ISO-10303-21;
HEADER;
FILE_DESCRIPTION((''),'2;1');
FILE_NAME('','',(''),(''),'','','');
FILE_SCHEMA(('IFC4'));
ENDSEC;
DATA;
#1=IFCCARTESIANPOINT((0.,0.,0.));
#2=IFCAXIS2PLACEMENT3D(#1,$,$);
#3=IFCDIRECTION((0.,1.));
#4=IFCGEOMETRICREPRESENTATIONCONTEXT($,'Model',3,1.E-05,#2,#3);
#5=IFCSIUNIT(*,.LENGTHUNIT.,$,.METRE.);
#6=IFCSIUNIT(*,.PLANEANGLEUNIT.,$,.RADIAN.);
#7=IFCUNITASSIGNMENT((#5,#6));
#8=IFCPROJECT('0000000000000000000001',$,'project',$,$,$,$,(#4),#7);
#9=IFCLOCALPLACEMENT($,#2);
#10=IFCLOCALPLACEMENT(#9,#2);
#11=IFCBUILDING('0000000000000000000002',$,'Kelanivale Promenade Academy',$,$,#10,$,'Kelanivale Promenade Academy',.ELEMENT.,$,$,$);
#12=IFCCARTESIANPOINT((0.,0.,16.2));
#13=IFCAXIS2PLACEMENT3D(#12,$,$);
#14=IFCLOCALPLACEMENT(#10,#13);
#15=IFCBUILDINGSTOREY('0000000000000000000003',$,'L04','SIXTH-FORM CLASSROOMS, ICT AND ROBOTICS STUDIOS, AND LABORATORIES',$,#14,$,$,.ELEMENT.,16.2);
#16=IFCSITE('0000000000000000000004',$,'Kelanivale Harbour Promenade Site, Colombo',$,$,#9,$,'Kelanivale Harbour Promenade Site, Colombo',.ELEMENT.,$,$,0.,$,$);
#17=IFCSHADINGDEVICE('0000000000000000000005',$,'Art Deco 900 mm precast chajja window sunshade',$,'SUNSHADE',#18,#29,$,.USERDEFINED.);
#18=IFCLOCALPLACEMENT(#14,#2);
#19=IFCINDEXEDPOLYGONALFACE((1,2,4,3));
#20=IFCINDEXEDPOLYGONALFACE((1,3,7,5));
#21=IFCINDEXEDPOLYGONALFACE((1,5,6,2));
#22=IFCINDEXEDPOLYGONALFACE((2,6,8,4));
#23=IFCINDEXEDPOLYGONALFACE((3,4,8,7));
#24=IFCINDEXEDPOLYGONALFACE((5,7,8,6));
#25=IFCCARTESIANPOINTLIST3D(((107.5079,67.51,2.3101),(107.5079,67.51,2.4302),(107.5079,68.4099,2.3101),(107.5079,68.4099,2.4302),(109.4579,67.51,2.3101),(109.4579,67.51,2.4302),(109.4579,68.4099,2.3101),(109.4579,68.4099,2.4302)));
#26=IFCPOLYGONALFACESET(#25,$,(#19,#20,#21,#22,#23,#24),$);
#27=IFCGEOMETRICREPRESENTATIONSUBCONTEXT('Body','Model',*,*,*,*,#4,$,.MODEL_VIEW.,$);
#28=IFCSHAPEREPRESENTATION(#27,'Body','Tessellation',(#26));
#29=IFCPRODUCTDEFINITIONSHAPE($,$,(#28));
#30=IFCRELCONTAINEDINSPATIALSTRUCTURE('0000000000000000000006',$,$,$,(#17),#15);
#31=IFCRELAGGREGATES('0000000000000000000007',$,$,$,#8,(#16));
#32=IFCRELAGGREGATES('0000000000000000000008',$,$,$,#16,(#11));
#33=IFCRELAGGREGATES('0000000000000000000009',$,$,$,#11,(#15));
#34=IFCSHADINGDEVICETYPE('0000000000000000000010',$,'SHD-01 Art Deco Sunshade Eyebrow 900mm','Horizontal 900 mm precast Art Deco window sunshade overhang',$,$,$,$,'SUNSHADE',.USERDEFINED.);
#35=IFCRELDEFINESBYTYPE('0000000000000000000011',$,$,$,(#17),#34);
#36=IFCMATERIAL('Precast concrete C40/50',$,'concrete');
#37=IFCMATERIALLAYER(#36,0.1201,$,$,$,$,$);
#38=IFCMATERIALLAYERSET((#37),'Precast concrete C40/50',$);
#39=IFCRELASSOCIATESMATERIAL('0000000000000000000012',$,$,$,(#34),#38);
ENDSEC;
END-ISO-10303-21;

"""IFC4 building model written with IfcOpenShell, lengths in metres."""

from ifc_helpers import new_model, si_unit, direction, frame, origin, origin_2d, place, context, subcontext, project, spatial, rectangle, extrude, material, layer, layer_set, type_object, element, save


model = new_model("IFC4")

# Units and contexts
model_context = context("Model", 3, precision=1e-05, world=origin(), true_north=direction((0.0, 1.0)))
body_context = subcontext(model_context, "Body", "Model", "MODEL_VIEW")
ifc_project = project(units=[si_unit("LENGTHUNIT", "METRE"), si_unit("PLANEANGLEUNIT", "RADIAN")], contexts=[model_context])

# Site, building, storey
site_placement = place(None, origin())
site = spatial("IfcSite", under=ifc_project, at=site_placement, Name="Kelanivale Harbour Promenade Site, Colombo", LongName="Kelanivale Harbour Promenade Site, Colombo", CompositionType="ELEMENT", RefElevation=0.0)
building_placement = place(site_placement, origin())
building = spatial("IfcBuilding", under=site, at=building_placement, Name="Kelanivale Promenade Academy", LongName="Kelanivale Promenade Academy", CompositionType="ELEMENT")
storey_placement = place(building_placement, frame((0.0, 0.0, 16.2)))
storey = spatial("IfcBuildingStorey", under=building, at=storey_placement, Name="L04", Description="SIXTH-FORM CLASSROOMS, ICT AND ROBOTICS STUDIOS, AND LABORATORIES", CompositionType="ELEMENT", Elevation=16.2)

# Shading device
ifc_material_1 = material(Name="Precast concrete C40/50", Category="concrete")
ifc_layer_1 = layer(ifc_material_1, 0.1201)
ifc_layer_set_1 = layer_set([ifc_layer_1], Name="Precast concrete C40/50")
shading_device_type = type_object("IfcShadingDeviceType", Name="SHD-01 Art Deco Sunshade Eyebrow 900mm", Description="Horizontal 900 mm precast Art Deco window sunshade overhang", ElementType="SUNSHADE", PredefinedType="USERDEFINED", material=ifc_layer_set_1)
shading_device_placement = place(storey_placement, frame((108.4829, 67.96, 2.3101), z_axis=(0.0, 0.0, 1.0), x_axis=(1.0, 0.0, 0.0)))
element("IfcShadingDevice", 1, at=shading_device_placement, inside=storey, type_object=shading_device_type, Name="Art Deco 900 mm precast chajja window sunshade", ObjectType="SUNSHADE", PredefinedType="USERDEFINED", context=body_context, shape_type="SweptSolid", body=[
    extrude(rectangle(XDim=1.95, YDim=0.8999, at=origin_2d()), origin(), (0.0, 0.0, 1.0), 0.1201),
])

save(model, "model.ifc")
